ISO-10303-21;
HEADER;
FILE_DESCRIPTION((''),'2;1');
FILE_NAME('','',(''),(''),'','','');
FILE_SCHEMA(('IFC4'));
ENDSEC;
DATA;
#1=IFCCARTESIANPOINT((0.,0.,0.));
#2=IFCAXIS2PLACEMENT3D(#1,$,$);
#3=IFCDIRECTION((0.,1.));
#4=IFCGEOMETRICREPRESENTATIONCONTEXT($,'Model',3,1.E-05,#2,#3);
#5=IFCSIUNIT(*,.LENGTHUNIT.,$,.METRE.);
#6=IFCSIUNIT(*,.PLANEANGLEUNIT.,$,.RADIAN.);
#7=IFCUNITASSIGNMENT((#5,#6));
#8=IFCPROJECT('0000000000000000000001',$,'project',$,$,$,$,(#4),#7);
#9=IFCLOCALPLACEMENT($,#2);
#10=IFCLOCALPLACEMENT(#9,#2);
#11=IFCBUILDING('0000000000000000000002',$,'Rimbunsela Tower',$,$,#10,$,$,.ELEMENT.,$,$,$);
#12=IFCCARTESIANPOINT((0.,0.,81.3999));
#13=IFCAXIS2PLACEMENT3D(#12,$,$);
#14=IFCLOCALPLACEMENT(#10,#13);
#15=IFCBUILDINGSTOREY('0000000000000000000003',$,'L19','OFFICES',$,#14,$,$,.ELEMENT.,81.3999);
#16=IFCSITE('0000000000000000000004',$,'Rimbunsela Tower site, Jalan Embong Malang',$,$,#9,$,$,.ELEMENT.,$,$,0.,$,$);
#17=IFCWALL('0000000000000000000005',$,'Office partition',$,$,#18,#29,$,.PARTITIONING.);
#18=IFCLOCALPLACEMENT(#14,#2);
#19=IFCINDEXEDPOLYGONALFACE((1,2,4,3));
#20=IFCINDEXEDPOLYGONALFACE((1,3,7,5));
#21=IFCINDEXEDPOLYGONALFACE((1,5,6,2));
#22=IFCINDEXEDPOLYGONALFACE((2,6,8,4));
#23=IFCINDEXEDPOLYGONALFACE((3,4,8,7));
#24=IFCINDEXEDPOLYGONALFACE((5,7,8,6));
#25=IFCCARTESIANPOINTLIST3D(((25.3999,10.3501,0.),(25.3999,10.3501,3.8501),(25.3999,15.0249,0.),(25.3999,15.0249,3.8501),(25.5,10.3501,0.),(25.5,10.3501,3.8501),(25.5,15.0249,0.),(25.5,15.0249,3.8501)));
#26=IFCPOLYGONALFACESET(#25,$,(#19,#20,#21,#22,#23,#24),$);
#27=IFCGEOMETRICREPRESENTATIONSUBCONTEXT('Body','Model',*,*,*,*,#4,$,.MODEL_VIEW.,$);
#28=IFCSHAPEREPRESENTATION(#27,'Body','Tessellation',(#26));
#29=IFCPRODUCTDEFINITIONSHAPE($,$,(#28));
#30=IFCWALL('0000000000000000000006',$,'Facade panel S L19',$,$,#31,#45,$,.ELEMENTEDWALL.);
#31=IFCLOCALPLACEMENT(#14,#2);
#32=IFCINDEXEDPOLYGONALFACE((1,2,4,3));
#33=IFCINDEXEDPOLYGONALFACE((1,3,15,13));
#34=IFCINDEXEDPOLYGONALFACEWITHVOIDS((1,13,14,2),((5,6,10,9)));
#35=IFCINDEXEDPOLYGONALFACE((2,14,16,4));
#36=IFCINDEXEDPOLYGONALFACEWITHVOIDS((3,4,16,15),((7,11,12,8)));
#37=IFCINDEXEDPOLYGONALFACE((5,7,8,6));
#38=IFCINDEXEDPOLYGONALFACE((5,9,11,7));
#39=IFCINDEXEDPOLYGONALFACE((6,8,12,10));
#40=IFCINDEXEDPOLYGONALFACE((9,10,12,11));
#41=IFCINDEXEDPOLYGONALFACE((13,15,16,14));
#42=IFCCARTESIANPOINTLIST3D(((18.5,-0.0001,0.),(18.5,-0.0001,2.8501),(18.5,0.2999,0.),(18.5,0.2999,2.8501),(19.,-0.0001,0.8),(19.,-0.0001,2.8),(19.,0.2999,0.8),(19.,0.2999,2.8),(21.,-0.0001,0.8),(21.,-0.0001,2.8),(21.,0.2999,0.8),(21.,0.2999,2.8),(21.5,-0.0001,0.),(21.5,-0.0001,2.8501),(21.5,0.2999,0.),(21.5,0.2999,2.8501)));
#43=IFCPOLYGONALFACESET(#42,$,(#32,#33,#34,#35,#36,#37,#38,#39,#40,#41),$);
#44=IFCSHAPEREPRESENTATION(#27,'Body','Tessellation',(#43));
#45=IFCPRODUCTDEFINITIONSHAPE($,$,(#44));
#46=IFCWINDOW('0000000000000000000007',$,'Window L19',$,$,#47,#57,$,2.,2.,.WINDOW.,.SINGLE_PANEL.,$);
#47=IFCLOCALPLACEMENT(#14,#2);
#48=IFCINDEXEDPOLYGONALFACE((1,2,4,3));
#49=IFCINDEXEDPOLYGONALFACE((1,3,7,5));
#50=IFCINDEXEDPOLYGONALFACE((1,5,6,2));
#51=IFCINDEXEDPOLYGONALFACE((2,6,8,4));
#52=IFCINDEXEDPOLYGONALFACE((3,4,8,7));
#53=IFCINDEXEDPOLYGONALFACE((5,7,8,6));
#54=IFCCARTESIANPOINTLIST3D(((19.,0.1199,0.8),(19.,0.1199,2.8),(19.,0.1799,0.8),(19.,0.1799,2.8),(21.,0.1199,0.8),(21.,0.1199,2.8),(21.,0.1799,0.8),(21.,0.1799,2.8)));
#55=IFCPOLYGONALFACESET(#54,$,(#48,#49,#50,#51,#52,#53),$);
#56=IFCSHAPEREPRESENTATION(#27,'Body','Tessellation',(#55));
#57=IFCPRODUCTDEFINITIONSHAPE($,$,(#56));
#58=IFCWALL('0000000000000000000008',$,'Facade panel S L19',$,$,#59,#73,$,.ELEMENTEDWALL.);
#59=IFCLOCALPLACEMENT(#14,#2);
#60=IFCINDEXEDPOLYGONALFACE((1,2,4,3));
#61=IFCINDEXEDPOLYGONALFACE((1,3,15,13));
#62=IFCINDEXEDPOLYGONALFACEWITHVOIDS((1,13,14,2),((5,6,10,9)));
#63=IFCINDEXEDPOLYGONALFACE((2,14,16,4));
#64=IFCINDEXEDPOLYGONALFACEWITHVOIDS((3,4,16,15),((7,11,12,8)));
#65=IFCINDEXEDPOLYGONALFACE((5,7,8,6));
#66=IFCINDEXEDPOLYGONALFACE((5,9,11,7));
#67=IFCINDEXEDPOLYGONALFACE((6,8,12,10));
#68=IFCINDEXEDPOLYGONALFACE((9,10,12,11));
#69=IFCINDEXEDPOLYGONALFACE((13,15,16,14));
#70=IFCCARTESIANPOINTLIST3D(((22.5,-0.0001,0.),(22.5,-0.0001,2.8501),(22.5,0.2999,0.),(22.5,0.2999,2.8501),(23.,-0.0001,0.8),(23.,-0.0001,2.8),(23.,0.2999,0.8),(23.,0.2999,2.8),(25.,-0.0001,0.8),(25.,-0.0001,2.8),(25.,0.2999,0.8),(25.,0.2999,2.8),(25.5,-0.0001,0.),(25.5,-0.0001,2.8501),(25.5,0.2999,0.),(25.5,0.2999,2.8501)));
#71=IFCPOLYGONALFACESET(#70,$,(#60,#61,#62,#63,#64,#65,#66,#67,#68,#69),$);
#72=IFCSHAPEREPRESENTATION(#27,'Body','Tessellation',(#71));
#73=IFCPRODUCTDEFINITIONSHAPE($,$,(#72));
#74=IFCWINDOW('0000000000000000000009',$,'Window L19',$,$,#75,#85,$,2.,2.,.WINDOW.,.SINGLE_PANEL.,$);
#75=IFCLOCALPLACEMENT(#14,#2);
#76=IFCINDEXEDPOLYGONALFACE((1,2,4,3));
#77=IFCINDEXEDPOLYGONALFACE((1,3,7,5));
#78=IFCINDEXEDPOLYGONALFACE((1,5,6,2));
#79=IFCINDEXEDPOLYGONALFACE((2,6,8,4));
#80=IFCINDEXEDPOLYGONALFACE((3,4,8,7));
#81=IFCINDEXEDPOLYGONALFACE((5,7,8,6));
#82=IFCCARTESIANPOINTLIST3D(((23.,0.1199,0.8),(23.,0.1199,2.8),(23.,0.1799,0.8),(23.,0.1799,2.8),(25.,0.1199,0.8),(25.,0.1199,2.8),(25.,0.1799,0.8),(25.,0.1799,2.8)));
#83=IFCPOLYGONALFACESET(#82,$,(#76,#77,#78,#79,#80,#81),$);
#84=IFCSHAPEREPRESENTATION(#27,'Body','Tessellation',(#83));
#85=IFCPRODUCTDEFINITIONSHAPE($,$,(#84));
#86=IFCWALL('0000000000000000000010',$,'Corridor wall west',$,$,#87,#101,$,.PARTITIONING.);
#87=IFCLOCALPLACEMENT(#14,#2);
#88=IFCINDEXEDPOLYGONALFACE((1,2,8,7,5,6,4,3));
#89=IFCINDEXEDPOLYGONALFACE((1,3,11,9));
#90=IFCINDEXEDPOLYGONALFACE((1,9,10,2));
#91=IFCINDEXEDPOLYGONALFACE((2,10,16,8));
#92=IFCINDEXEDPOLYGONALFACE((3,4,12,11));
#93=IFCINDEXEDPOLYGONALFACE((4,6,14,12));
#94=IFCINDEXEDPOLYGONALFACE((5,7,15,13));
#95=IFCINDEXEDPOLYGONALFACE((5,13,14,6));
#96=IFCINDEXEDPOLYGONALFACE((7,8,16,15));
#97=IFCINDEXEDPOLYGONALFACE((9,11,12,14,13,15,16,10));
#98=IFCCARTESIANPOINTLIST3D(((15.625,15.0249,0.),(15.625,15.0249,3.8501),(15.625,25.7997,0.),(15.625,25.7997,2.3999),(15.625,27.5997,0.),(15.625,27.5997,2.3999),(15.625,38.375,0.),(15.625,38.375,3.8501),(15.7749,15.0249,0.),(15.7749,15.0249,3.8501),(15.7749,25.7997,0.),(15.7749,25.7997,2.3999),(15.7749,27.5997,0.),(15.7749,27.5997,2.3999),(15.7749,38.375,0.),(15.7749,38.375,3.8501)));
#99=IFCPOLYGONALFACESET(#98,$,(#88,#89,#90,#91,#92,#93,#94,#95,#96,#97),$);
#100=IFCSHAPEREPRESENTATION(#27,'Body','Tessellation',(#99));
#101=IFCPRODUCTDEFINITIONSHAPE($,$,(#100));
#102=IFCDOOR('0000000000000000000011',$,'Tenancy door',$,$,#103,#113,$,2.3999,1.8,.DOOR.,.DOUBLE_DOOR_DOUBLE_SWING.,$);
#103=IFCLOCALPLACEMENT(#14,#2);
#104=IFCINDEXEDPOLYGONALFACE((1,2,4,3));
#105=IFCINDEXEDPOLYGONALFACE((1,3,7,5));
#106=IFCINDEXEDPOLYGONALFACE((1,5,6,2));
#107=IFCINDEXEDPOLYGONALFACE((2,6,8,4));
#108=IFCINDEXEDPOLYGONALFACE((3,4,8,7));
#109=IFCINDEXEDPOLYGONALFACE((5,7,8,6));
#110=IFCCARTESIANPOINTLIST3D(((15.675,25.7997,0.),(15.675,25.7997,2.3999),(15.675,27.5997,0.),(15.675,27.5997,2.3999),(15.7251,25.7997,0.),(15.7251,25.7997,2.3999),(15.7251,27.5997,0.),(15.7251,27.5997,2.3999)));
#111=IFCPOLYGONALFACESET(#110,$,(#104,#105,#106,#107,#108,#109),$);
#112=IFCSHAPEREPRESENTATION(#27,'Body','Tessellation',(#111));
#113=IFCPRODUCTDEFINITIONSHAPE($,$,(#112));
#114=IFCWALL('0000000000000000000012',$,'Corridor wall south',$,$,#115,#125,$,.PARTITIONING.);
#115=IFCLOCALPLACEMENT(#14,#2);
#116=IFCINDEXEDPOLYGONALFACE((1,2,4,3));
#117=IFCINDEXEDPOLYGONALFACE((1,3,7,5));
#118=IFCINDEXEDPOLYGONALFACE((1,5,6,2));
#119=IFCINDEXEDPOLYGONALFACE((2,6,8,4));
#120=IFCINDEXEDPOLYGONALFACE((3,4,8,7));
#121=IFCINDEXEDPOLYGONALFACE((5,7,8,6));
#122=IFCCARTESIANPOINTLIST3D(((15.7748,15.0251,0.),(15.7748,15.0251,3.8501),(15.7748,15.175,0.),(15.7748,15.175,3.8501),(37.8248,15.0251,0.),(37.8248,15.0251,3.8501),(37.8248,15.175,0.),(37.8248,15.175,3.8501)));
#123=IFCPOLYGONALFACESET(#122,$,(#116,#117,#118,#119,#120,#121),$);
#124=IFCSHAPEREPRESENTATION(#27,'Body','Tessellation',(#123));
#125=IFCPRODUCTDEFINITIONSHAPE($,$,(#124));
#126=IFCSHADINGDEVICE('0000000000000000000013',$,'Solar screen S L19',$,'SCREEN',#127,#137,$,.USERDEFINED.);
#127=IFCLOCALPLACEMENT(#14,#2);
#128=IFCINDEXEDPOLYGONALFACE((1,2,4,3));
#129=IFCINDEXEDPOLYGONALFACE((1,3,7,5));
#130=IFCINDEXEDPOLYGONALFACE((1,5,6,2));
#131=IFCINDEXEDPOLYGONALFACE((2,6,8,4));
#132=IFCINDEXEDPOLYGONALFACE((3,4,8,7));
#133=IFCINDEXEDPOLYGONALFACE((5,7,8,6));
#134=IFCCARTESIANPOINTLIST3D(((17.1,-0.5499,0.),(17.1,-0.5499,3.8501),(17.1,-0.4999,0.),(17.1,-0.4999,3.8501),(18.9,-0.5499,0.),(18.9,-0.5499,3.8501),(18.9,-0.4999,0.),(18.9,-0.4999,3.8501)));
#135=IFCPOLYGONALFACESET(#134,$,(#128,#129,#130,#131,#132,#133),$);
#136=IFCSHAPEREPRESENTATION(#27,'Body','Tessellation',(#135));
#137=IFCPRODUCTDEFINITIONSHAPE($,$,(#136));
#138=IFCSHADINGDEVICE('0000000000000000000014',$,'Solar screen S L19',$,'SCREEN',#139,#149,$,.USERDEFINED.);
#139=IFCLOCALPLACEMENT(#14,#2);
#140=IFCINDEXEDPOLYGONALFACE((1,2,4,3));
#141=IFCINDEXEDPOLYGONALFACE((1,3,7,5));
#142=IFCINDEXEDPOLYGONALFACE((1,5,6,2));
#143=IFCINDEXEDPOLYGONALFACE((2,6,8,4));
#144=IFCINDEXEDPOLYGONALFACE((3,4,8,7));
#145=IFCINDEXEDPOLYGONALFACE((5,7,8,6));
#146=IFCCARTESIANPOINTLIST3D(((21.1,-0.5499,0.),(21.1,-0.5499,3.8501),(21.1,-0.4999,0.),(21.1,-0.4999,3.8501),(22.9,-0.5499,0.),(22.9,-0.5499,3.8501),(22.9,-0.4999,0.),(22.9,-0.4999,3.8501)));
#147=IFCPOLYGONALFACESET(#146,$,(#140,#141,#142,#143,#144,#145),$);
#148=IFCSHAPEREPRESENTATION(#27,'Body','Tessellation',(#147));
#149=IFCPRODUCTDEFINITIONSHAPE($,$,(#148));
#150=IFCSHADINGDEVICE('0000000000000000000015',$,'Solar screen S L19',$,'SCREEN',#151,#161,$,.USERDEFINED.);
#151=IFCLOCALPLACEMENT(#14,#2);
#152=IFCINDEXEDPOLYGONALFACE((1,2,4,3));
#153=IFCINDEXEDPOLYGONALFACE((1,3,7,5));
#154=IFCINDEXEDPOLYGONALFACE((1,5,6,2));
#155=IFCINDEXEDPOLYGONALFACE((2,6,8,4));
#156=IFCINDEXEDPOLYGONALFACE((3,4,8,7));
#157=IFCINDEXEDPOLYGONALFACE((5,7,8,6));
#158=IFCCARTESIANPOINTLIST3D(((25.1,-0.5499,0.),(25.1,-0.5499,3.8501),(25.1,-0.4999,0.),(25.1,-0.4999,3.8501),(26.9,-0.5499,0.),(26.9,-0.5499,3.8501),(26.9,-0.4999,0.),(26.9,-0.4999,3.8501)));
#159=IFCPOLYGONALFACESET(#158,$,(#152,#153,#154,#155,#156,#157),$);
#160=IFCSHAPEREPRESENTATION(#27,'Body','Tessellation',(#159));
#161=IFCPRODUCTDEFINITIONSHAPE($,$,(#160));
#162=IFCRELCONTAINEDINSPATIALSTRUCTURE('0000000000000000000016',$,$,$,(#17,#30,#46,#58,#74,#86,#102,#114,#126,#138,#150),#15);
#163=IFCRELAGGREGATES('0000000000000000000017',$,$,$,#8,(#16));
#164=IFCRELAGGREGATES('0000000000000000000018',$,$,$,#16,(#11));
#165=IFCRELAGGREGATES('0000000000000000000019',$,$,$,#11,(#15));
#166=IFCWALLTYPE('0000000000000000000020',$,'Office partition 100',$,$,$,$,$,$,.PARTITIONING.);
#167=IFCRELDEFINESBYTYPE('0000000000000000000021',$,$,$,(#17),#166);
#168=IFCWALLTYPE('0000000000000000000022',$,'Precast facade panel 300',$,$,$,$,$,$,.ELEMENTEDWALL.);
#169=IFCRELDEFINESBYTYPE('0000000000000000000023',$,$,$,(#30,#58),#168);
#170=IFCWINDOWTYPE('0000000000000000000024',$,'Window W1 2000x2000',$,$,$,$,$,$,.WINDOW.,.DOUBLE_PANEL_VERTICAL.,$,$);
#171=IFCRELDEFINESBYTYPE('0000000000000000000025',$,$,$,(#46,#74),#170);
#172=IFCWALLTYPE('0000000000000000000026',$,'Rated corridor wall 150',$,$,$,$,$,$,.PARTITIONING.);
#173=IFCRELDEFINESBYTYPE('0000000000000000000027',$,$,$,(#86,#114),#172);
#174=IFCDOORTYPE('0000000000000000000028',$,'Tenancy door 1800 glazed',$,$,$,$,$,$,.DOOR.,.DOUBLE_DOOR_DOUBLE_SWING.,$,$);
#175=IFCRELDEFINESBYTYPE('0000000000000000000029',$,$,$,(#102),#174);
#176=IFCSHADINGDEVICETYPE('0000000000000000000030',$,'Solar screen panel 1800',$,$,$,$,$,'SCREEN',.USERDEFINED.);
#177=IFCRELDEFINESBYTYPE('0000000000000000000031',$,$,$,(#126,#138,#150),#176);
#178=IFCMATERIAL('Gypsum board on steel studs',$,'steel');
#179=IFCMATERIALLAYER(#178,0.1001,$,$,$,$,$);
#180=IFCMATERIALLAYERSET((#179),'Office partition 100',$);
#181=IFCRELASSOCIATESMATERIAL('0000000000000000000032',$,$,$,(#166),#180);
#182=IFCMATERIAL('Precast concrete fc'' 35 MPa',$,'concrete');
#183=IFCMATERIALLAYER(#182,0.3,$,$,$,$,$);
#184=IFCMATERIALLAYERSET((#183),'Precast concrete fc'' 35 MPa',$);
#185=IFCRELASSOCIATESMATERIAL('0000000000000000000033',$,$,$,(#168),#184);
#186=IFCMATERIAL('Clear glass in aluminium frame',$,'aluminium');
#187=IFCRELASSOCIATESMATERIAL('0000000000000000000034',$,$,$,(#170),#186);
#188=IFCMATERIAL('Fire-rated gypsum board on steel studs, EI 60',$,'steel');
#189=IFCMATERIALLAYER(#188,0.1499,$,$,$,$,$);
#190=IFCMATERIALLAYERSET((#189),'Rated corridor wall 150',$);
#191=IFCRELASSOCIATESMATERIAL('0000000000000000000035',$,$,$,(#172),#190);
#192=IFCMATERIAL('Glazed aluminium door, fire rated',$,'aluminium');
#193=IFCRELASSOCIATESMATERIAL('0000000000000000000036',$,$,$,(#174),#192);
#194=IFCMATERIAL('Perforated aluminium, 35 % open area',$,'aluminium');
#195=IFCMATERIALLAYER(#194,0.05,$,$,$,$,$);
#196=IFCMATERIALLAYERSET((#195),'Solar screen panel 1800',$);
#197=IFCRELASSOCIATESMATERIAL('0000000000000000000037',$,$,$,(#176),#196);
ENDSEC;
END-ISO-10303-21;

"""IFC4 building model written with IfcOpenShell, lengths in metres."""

from ifc_helpers import new_model, si_unit, direction, frame, frame_2d, origin, origin_2d, place, context, subcontext, project, spatial, rectangle, extrude, material, layer, layer_set, type_object, element, fill, save


model = new_model("IFC4")

# Units and contexts
model_context = context("Model", 3, precision=1e-05, world=origin(), true_north=direction((0.0, 1.0)))
body_context = subcontext(model_context, "Body", "Model", "MODEL_VIEW")
ifc_project = project(units=[si_unit("LENGTHUNIT", "METRE"), si_unit("PLANEANGLEUNIT", "RADIAN")], contexts=[model_context])

# Site, building, storey
site_placement = place(None, origin())
site = spatial("IfcSite", under=ifc_project, at=site_placement, Name="Rimbunsela Tower site, Jalan Embong Malang", CompositionType="ELEMENT", RefElevation=0.0)
building_placement = place(site_placement, origin())
building = spatial("IfcBuilding", under=site, at=building_placement, Name="Rimbunsela Tower", CompositionType="ELEMENT")
storey_placement = place(building_placement, frame((0.0, 0.0, 81.3999)))
storey = spatial("IfcBuildingStorey", under=building, at=storey_placement, Name="L19", Description="OFFICES", CompositionType="ELEMENT", Elevation=81.3999)

# Wall
ifc_material_1 = material(Name="Gypsum board on steel studs", Category="steel")
ifc_layer_1 = layer(ifc_material_1, 0.1001)
ifc_layer_set_1 = layer_set([ifc_layer_1], Name="Office partition 100")
wall_type_1 = type_object("IfcWallType", Name="Office partition 100", PredefinedType="PARTITIONING", material=ifc_layer_set_1)
for number, where, z_axis, x_axis, name in (
    (1, (25.45, 10.3501, 0.0), (0.0, 0.0, 1.0), (0.0, 1.0, 0.0), "Office partition"),
):
    element("IfcWall", number, at=place(storey_placement, frame(where, z_axis=z_axis, x_axis=x_axis)), inside=storey, type_object=wall_type_1, Name=name, PredefinedType="PARTITIONING", context=body_context, shape_type="SweptSolid", body=[
        extrude(rectangle(XDim=4.6748, YDim=0.1001, at=frame_2d((2.3374, 0.0))), origin(), (0.0, 0.0, 1.0), 3.8501),
    ])

# Walls, openings, windows
ifc_material_2 = material(Name="Precast concrete fc' 35 MPa", Category="concrete")
ifc_layer_2 = layer(ifc_material_2, 0.3)
ifc_layer_set_2 = layer_set([ifc_layer_2], Name="Precast concrete fc' 35 MPa")
wall_type_2 = type_object("IfcWallType", Name="Precast facade panel 300", PredefinedType="ELEMENTEDWALL", material=ifc_layer_set_2)
wall_1_placement = place(storey_placement, frame((18.5, 0.1499, 0.0), z_axis=(0.0, 0.0, 1.0), x_axis=(1.0, 0.0, 0.0)))
wall_1 = element("IfcWall", 2, at=wall_1_placement, inside=storey, type_object=wall_type_2, Name="Facade panel S L19", PredefinedType="ELEMENTEDWALL", context=body_context, shape_type="SweptSolid", body=[
    extrude(rectangle(XDim=3.0, YDim=0.3, at=frame_2d((1.5, 0.0))), origin(), (0.0, 0.0, 1.0), 2.8501),
])
opening_1_placement = place(wall_1_placement, frame((0.5, 0.0, 0.8)))
opening_1 = element("IfcOpeningElement", 3, at=opening_1_placement, cuts=wall_1, PredefinedType="OPENING", context=body_context, shape_type="SweptSolid", body=[
    extrude(rectangle(XDim=2.0, YDim=2.0, at=frame_2d((1.0, 1.0))), frame((0.0, 0.1599, 0.0), z_axis=(0.0, -1.0, 0.0), x_axis=(1.0, 0.0, 0.0)), (0.0, 0.0, 1.0), 0.3201),
])
ifc_material_3 = material(Name="Clear glass in aluminium frame", Category="aluminium")
window_type = type_object("IfcWindowType", Name="Window W1 2000x2000", PartitioningType="DOUBLE_PANEL_VERTICAL", PredefinedType="WINDOW", material=ifc_material_3)
window_1_placement = place(opening_1_placement, origin())
window_1 = element("IfcWindow", 4, at=window_1_placement, inside=storey, type_object=window_type, Name="Window L19", OverallHeight=2.0, OverallWidth=2.0, PartitioningType="SINGLE_PANEL", PredefinedType="WINDOW", context=body_context, shape_type="SweptSolid", body=[
    extrude(rectangle(XDim=2.0, YDim=2.0, at=frame_2d((1.0, 1.0))), frame((0.0, 0.03, 0.0), z_axis=(0.0, -1.0, 0.0), x_axis=(1.0, 0.0, 0.0)), (0.0, 0.0, 1.0), 0.0601),
])
fill(opening_1, window_1)
wall_2_placement = place(storey_placement, frame((22.5, 0.1499, 0.0), z_axis=(0.0, 0.0, 1.0), x_axis=(1.0, 0.0, 0.0)))
wall_2 = element("IfcWall", 5, at=wall_2_placement, inside=storey, type_object=wall_type_2, Name="Facade panel S L19", PredefinedType="ELEMENTEDWALL", context=body_context, shape_type="SweptSolid", body=[
    extrude(rectangle(XDim=3.0, YDim=0.3, at=frame_2d((1.5, 0.0))), origin(), (0.0, 0.0, 1.0), 2.8501),
])
opening_2_placement = place(wall_2_placement, frame((0.5, 0.0, 0.8)))
opening_2 = element("IfcOpeningElement", 6, at=opening_2_placement, cuts=wall_2, PredefinedType="OPENING", context=body_context, shape_type="SweptSolid", body=[
    extrude(rectangle(XDim=2.0, YDim=2.0, at=frame_2d((1.0, 1.0))), frame((0.0, 0.1599, 0.0), z_axis=(0.0, -1.0, 0.0), x_axis=(1.0, 0.0, 0.0)), (0.0, 0.0, 1.0), 0.3201),
])
window_2_placement = place(opening_2_placement, origin())
window_2 = element("IfcWindow", 7, at=window_2_placement, inside=storey, type_object=window_type, Name="Window L19", OverallHeight=2.0, OverallWidth=2.0, PartitioningType="SINGLE_PANEL", PredefinedType="WINDOW", context=body_context, shape_type="SweptSolid", body=[
    extrude(rectangle(XDim=2.0, YDim=2.0, at=frame_2d((1.0, 1.0))), frame((0.0, 0.03, 0.0), z_axis=(0.0, -1.0, 0.0), x_axis=(1.0, 0.0, 0.0)), (0.0, 0.0, 1.0), 0.0601),
])
fill(opening_2, window_2)

# Wall, opening, door
ifc_material_4 = material(Name="Fire-rated gypsum board on steel studs, EI 60", Category="steel")
ifc_layer_3 = layer(ifc_material_4, 0.1499)
ifc_layer_set_3 = layer_set([ifc_layer_3], Name="Rated corridor wall 150")
wall_type_3 = type_object("IfcWallType", Name="Rated corridor wall 150", PredefinedType="PARTITIONING", material=ifc_layer_set_3)
wall_3_placement = place(storey_placement, frame((15.7, 15.0249, 0.0), z_axis=(0.0, 0.0, 1.0), x_axis=(0.0, 1.0, 0.0)))
wall_3 = element("IfcWall", 8, at=wall_3_placement, inside=storey, type_object=wall_type_3, Name="Corridor wall west", PredefinedType="PARTITIONING", context=body_context, shape_type="SweptSolid", body=[
    extrude(rectangle(XDim=23.3501, YDim=0.1499, at=frame_2d((11.675, 0.0))), origin(), (0.0, 0.0, 1.0), 3.8501),
])
opening_3_placement = place(wall_3_placement, frame((10.7749, 0.0, 0.0)))
opening_3 = element("IfcOpeningElement", 9, at=opening_3_placement, cuts=wall_3, PredefinedType="OPENING", context=body_context, shape_type="SweptSolid", body=[
    extrude(rectangle(XDim=1.8, YDim=2.3999, at=frame_2d((0.8999, 1.2))), frame((0.0, 0.085, 0.0), z_axis=(0.0, -1.0, 0.0), x_axis=(1.0, 0.0, 0.0)), (0.0, 0.0, 1.0), 0.1699),
])
ifc_material_5 = material(Name="Glazed aluminium door, fire rated", Category="aluminium")
door_type = type_object("IfcDoorType", Name="Tenancy door 1800 glazed", OperationType="DOUBLE_DOOR_DOUBLE_SWING", PredefinedType="DOOR", material=ifc_material_5)
door_placement = place(opening_3_placement, origin())
door = element("IfcDoor", 10, at=door_placement, inside=storey, type_object=door_type, Name="Tenancy door", OperationType="DOUBLE_DOOR_DOUBLE_SWING", OverallHeight=2.3999, OverallWidth=1.8, PredefinedType="DOOR", context=body_context, shape_type="SweptSolid", body=[
    extrude(rectangle(XDim=1.8, YDim=2.3999, at=frame_2d((0.8999, 1.2))), frame((0.0, 0.0249, 0.0), z_axis=(0.0, -1.0, 0.0), x_axis=(1.0, 0.0, 0.0)), (0.0, 0.0, 1.0), 0.05),
])
fill(opening_3, door)

# Wall
wall_4_placement = place(storey_placement, frame((15.7749, 15.1001, 0.0), z_axis=(0.0, 0.0, 1.0), x_axis=(1.0, 0.0, 0.0)))
element("IfcWall", 11, at=wall_4_placement, inside=storey, type_object=wall_type_3, Name="Corridor wall south", PredefinedType="PARTITIONING", context=body_context, shape_type="SweptSolid", body=[
    extrude(rectangle(XDim=22.05, YDim=0.1499, at=frame_2d((11.0249, 0.0))), origin(), (0.0, 0.0, 1.0), 3.8501),
])

# Shading devices
ifc_material_6 = material(Name="Perforated aluminium, 35 % open area", Category="aluminium")
ifc_layer_4 = layer(ifc_material_6, 0.05)
ifc_layer_set_4 = layer_set([ifc_layer_4], Name="Solar screen panel 1800")
shading_device_type = type_object("IfcShadingDeviceType", Name="Solar screen panel 1800", ElementType="SCREEN", PredefinedType="USERDEFINED", material=ifc_layer_set_4)
for number, where, z_axis, x_axis, name in (
    (12, (18.0, -0.5249, 0.0), (0.0, 0.0, 1.0), (1.0, 0.0, 0.0), "Solar screen S L19"),
    (13, (22.0, -0.5249, 0.0), (0.0, 0.0, 1.0), (1.0, 0.0, 0.0), "Solar screen S L19"),
    (14, (26.0, -0.5249, 0.0), (0.0, 0.0, 1.0), (1.0, 0.0, 0.0), "Solar screen S L19"),
):
    element("IfcShadingDevice", number, at=place(storey_placement, frame(where, z_axis=z_axis, x_axis=x_axis)), inside=storey, type_object=shading_device_type, Name=name, ObjectType="SCREEN", PredefinedType="USERDEFINED", context=body_context, shape_type="SweptSolid", body=[
        extrude(rectangle(XDim=1.8, YDim=0.05, at=origin_2d()), origin(), (0.0, 0.0, 1.0), 3.8501),
    ])

save(model, "model.ifc")
